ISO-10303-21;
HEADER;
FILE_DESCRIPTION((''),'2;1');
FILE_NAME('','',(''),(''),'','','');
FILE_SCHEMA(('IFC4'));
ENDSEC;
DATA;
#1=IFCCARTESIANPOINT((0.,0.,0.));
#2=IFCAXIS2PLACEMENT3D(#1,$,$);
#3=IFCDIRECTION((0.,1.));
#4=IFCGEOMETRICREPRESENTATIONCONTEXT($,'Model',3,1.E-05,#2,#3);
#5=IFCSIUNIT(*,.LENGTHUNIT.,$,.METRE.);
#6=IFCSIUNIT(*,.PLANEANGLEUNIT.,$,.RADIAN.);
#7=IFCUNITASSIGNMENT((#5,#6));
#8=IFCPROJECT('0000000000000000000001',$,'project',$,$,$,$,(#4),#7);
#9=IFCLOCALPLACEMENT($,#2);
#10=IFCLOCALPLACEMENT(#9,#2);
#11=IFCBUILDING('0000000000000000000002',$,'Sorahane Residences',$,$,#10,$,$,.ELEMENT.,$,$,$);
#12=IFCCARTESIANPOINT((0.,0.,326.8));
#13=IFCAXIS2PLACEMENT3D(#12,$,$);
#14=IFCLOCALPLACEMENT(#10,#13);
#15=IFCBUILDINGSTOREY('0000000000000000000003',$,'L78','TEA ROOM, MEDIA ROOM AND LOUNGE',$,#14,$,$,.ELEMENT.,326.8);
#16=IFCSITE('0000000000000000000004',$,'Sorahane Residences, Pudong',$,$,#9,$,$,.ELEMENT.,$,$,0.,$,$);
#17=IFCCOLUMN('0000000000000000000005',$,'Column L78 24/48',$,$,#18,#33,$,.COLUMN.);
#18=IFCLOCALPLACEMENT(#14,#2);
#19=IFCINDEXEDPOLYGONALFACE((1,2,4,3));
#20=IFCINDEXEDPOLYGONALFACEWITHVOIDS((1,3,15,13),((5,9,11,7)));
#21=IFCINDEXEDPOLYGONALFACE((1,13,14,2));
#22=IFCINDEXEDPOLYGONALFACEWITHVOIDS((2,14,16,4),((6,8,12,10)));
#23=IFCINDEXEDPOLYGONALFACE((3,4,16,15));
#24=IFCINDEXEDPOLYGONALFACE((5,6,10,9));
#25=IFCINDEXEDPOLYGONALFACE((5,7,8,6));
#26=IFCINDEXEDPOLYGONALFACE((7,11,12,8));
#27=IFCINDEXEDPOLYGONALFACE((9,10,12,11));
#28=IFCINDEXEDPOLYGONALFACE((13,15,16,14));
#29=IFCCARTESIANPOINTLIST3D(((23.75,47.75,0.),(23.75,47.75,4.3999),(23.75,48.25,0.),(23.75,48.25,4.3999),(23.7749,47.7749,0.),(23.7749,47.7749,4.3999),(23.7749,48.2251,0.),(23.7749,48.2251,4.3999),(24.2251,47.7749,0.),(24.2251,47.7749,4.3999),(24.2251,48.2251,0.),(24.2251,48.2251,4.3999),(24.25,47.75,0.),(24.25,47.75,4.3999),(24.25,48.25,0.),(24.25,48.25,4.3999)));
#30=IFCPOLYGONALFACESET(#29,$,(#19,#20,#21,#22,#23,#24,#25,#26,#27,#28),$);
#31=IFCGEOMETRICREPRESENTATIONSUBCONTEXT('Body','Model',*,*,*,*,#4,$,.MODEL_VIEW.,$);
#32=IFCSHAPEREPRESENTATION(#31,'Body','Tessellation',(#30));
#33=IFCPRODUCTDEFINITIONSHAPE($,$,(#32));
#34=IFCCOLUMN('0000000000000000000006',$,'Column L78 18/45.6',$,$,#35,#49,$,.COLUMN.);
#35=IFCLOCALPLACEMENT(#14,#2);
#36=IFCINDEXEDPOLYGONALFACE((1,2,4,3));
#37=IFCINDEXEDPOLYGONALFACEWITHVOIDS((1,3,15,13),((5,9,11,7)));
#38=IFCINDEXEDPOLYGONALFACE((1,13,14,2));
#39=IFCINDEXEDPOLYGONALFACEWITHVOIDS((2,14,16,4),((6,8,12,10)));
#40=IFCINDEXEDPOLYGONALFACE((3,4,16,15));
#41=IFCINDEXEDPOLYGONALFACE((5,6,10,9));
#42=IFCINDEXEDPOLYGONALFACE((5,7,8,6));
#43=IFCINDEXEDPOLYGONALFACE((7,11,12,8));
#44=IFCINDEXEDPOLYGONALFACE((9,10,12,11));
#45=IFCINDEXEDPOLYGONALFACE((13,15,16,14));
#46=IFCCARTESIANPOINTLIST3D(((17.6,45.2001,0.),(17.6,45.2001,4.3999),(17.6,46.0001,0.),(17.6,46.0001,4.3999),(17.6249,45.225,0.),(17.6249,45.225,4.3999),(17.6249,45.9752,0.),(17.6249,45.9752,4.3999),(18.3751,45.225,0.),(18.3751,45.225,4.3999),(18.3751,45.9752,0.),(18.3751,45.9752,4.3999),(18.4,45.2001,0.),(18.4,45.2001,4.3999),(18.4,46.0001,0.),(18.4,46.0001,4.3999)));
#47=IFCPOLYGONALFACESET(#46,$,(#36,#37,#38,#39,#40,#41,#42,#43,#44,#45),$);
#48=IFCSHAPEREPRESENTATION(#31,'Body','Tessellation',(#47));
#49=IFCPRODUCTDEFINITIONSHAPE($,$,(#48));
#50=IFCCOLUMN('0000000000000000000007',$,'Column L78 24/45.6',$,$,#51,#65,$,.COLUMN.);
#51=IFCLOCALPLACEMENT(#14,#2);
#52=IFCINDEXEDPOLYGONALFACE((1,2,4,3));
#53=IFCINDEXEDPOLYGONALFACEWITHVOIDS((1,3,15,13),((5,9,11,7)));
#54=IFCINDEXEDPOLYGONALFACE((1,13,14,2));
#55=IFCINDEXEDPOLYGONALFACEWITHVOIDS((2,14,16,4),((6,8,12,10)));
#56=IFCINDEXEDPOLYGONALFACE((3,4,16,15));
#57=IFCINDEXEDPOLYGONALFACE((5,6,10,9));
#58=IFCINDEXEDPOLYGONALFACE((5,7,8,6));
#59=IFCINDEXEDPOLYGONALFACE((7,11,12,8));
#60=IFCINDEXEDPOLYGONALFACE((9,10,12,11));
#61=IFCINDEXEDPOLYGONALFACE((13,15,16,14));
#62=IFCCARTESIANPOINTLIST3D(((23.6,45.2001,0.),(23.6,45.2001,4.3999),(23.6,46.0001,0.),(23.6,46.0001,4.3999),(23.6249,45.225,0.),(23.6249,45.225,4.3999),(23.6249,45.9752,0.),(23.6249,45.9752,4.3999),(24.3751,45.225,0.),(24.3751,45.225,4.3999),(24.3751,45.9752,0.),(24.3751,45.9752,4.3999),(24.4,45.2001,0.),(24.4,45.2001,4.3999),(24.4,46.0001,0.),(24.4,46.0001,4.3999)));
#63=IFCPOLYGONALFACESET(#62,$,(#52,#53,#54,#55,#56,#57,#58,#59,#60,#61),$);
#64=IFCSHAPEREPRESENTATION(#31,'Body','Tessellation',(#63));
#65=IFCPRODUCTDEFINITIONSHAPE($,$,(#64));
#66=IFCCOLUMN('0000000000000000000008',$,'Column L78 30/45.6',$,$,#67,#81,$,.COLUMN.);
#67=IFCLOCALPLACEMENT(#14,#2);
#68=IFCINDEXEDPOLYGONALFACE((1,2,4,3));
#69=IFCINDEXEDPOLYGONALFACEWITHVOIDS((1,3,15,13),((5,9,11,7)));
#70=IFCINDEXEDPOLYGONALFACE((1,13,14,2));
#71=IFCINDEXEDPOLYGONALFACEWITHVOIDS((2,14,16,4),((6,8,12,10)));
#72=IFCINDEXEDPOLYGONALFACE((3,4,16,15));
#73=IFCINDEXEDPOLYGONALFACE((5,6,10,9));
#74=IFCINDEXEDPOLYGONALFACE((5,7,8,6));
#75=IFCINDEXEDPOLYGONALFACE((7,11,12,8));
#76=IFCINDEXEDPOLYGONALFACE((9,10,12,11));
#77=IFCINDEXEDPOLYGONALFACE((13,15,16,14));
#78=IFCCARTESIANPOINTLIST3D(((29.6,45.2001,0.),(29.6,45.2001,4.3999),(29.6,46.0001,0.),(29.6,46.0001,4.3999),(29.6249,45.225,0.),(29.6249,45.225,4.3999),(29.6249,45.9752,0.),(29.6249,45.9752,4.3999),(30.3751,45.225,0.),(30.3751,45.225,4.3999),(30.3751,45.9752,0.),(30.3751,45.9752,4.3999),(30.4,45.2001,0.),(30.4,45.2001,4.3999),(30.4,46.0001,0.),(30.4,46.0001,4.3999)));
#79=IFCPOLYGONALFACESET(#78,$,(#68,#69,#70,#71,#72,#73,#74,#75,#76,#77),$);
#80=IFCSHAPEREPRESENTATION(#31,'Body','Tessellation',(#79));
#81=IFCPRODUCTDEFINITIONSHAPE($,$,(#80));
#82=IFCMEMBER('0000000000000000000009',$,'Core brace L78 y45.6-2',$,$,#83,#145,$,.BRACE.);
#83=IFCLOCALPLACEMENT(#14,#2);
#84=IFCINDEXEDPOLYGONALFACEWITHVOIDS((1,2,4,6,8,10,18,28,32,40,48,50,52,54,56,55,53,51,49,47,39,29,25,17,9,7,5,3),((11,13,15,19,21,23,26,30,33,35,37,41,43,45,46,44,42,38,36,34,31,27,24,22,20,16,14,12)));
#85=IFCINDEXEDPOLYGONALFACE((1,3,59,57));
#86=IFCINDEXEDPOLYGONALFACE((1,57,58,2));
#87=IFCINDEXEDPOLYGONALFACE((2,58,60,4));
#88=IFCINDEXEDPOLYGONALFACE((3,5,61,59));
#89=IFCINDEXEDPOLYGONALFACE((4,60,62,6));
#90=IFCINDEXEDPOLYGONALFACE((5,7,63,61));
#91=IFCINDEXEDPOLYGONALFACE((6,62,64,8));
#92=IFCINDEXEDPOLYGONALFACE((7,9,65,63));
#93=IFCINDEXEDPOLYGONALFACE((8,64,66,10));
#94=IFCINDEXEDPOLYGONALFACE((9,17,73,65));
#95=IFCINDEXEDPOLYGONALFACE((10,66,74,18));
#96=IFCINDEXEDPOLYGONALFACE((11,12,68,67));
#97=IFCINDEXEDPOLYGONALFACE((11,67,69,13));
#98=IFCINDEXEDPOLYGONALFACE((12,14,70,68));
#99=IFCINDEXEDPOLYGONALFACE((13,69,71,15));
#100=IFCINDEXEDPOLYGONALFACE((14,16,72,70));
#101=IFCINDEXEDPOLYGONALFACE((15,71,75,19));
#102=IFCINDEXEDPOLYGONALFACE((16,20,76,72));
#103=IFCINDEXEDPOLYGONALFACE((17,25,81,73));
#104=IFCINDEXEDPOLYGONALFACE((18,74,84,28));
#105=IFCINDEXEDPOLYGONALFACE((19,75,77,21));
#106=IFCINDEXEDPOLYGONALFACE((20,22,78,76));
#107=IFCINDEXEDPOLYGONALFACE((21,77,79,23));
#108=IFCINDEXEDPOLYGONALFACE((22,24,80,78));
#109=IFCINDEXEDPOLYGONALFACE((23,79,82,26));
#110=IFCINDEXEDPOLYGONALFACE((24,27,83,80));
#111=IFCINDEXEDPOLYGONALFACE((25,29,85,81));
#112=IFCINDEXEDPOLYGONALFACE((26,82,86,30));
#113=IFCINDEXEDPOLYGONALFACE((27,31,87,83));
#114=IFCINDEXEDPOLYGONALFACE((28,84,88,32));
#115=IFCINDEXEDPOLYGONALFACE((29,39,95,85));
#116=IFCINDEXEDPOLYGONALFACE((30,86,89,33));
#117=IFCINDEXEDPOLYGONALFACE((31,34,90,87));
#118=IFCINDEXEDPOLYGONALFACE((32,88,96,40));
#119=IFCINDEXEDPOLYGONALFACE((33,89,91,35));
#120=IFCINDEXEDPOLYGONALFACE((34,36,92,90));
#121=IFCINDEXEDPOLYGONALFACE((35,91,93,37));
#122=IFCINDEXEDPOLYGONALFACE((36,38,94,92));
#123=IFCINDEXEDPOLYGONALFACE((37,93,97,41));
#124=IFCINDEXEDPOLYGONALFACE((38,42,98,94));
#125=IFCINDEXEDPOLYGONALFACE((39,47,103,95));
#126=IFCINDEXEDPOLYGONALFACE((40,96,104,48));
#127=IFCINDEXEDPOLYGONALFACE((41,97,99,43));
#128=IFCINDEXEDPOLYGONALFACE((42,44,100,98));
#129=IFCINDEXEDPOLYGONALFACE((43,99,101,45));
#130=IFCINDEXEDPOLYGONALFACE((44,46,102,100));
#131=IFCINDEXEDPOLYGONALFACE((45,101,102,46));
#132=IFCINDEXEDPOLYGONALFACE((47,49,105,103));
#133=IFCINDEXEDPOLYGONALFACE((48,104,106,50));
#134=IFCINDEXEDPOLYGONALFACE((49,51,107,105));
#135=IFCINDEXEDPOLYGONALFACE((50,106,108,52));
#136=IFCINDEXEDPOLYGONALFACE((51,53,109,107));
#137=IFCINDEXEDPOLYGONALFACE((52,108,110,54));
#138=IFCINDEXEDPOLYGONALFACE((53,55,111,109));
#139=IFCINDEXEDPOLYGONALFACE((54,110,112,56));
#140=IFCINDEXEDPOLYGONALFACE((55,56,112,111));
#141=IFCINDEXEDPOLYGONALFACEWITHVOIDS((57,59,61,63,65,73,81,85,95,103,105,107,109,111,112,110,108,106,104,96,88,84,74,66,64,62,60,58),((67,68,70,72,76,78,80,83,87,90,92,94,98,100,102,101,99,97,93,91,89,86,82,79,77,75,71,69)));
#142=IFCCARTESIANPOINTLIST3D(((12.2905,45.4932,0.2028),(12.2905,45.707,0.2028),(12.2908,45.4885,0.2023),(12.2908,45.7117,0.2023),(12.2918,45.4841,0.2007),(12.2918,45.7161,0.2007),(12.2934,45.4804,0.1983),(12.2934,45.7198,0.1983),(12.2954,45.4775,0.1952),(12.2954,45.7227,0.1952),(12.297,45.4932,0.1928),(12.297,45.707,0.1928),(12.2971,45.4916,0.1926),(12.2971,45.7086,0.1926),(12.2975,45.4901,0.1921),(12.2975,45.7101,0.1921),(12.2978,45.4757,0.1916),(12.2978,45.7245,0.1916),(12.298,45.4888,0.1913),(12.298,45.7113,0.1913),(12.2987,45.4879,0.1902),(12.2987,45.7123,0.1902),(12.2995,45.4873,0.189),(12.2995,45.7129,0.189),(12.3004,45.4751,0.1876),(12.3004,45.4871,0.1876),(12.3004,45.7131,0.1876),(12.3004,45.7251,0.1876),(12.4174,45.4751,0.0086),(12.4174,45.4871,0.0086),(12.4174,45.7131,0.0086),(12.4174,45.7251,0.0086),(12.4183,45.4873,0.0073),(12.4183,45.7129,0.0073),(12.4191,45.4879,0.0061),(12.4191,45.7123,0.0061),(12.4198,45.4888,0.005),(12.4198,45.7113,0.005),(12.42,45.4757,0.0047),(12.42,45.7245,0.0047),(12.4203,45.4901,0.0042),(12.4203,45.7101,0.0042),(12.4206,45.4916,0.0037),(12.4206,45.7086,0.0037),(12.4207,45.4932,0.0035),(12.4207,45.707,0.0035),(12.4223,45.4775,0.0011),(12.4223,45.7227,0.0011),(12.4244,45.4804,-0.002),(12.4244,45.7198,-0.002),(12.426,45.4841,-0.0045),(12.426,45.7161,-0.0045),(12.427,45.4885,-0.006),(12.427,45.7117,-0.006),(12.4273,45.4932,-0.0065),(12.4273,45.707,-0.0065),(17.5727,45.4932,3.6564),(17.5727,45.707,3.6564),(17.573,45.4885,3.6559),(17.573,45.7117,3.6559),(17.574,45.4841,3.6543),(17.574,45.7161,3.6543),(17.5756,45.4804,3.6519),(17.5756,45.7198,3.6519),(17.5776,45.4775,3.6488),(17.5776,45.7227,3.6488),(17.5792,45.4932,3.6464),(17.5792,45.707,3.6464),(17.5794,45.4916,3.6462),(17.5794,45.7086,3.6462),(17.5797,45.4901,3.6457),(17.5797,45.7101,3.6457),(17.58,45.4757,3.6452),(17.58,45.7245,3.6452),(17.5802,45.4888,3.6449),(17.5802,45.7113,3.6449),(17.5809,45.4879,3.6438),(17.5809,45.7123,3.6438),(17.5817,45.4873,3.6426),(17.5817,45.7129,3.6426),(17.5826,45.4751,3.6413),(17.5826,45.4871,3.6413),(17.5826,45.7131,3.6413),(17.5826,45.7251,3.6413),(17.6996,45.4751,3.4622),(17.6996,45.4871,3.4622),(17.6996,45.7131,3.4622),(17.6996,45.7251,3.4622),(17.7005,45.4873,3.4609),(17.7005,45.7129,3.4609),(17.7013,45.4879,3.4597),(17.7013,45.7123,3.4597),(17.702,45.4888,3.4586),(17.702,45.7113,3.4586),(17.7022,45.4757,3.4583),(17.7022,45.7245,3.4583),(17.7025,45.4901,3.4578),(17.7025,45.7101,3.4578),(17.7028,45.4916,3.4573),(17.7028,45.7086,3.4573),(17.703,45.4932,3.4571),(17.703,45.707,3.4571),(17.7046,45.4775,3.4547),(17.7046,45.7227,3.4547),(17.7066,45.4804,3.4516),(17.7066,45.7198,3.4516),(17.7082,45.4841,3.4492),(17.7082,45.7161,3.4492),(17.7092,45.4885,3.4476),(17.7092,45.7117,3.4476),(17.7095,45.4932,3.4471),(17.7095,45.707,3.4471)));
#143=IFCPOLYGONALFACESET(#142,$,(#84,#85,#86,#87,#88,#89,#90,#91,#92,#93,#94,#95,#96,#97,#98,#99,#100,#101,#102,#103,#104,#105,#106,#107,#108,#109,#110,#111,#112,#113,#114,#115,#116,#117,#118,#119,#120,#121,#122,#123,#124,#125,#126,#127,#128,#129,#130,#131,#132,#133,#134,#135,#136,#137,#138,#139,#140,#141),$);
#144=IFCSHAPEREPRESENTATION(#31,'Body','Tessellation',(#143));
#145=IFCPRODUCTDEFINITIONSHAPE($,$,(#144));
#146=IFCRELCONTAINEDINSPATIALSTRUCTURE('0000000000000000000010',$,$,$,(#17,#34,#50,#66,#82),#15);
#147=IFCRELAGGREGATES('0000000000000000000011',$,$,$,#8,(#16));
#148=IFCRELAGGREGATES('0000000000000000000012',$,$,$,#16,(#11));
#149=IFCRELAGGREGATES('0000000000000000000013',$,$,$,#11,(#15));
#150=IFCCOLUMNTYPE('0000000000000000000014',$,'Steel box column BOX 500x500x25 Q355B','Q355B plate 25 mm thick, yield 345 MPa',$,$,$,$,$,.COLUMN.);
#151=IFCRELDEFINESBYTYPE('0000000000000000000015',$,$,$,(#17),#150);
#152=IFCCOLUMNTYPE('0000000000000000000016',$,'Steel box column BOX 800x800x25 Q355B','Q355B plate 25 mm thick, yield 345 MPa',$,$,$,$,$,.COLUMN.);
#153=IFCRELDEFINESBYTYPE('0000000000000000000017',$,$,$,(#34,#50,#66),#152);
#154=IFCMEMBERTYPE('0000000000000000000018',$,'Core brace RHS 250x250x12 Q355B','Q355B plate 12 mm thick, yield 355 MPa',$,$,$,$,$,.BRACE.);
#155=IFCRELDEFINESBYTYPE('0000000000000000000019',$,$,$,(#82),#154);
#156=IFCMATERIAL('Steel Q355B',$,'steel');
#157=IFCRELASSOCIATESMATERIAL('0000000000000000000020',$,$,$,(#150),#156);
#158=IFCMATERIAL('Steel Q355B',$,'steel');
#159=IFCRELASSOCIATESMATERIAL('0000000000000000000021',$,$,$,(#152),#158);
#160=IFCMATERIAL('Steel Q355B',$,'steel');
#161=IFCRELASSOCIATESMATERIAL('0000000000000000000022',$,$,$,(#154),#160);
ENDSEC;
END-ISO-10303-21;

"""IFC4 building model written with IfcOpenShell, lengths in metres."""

from ifc_helpers import new_model, si_unit, direction, frame, origin, origin_2d, place, context, subcontext, project, spatial, hollow_rectangle, extrude, material, material_profile, profile_set, type_object, element, save


model = new_model("IFC4")

# Units and contexts
model_context = context("Model", 3, precision=1e-05, world=origin(), true_north=direction((0.0, 1.0)))
body_context = subcontext(model_context, "Body", "Model", "MODEL_VIEW")
ifc_project = project(units=[si_unit("LENGTHUNIT", "METRE"), si_unit("PLANEANGLEUNIT", "RADIAN")], contexts=[model_context])

# Site, building, storey
site_placement = place(None, origin())
site = spatial("IfcSite", under=ifc_project, at=site_placement, Name="Sorahane Residences, Pudong", CompositionType="ELEMENT", RefElevation=0.0)
building_placement = place(site_placement, origin())
building = spatial("IfcBuilding", under=site, at=building_placement, Name="Sorahane Residences", CompositionType="ELEMENT")
storey_placement = place(building_placement, frame((0.0, 0.0, 326.8)))
storey = spatial("IfcBuildingStorey", under=building, at=storey_placement, Name="L78", Description="TEA ROOM, MEDIA ROOM AND LOUNGE", CompositionType="ELEMENT", Elevation=326.8)

# Columns
ifc_material_1 = material(Name="Steel Q355B", Category="steel")
ifc_material_profile_1 = material_profile(ifc_material_1, hollow_rectangle(XDim=0.5, YDim=0.5, WallThickness=0.0249, at=origin_2d()), Name="BOX 500x500x25")
ifc_profile_set_1 = profile_set([ifc_material_profile_1], Name="Steel Q355B")
column_type_1 = type_object("IfcColumnType", Name="Steel box column BOX 500x500x25 Q355B", Description="Q355B plate 25 mm thick, yield 345 MPa", PredefinedType="COLUMN", material=ifc_profile_set_1)
column_placement = place(storey_placement, frame((24.0, 48.0, 0.0), z_axis=(0.0, 0.0, 1.0), x_axis=(1.0, 0.0, 0.0)))
element("IfcColumn", 1, at=column_placement, inside=storey, type_object=column_type_1, Name="Column L78 24/48", PredefinedType="COLUMN", context=body_context, shape_type="SweptSolid", body=[
    extrude(hollow_rectangle(XDim=0.5, YDim=0.5, WallThickness=0.0249, at=origin_2d()), origin(), (0.0, 0.0, 1.0), 4.3999),
])
ifc_material_2 = material(Name="Steel Q355B", Category="steel")
ifc_material_profile_2 = material_profile(ifc_material_2, hollow_rectangle(XDim=0.8, YDim=0.8, WallThickness=0.0249, at=origin_2d()), Name="BOX 800x800x25")
ifc_profile_set_2 = profile_set([ifc_material_profile_2], Name="Steel Q355B")
column_type_2 = type_object("IfcColumnType", Name="Steel box column BOX 800x800x25 Q355B", Description="Q355B plate 25 mm thick, yield 345 MPa", PredefinedType="COLUMN", material=ifc_profile_set_2)
for number, where, z_axis, x_axis, name in (
    (2, (18.0, 45.6001, 0.0), (0.0, 0.0, 1.0), (1.0, 0.0, 0.0), "Column L78 18/45.6"),
    (3, (24.0, 45.6001, 0.0), (0.0, 0.0, 1.0), (1.0, 0.0, 0.0), "Column L78 24/45.6"),
    (4, (30.0, 45.6001, 0.0), (0.0, 0.0, 1.0), (1.0, 0.0, 0.0), "Column L78 30/45.6"),
):
    element("IfcColumn", number, at=place(storey_placement, frame(where, z_axis=z_axis, x_axis=x_axis)), inside=storey, type_object=column_type_2, Name=name, PredefinedType="COLUMN", context=body_context, shape_type="SweptSolid", body=[
        extrude(hollow_rectangle(XDim=0.8, YDim=0.8, WallThickness=0.0249, at=origin_2d()), origin(), (0.0, 0.0, 1.0), 4.3999),
    ])

# Member
ifc_material_3 = material(Name="Steel Q355B", Category="steel")
ifc_material_profile_3 = material_profile(ifc_material_3, hollow_rectangle(XDim=0.25, YDim=0.25, WallThickness=0.012, InnerFilletRadius=0.0061, OuterFilletRadius=0.0181, at=origin_2d()), Name="RHS 250x250x12")
ifc_profile_set_3 = profile_set([ifc_material_profile_3], Name="Steel Q355B")
member_type_1 = type_object("IfcMemberType", Name="Core brace RHS 250x250x12 Q355B", Description="Q355B plate 12 mm thick, yield 355 MPa", PredefinedType="BRACE", material=ifc_profile_set_3)
for number, where, z_axis, x_axis, name in (
    (5, (12.3589, 45.6001, 0.0981), (0.836981, 0.0, 0.547233), (0.0, 1.0, 0.0), "Core brace L78 y45.6-2"),
):
    element("IfcMember", number, at=place(storey_placement, frame(where, z_axis=z_axis, x_axis=x_axis)), inside=storey, type_object=member_type_1, Name=name, PredefinedType="BRACE", context=body_context, shape_type="SweptSolid", body=[
        extrude(hollow_rectangle(XDim=0.25, YDim=0.25, WallThickness=0.012, InnerFilletRadius=0.0061, OuterFilletRadius=0.0181, at=origin_2d()), origin(), (0.0, 0.0, 1.0), 6.311),
    ])

save(model, "model.ifc")
